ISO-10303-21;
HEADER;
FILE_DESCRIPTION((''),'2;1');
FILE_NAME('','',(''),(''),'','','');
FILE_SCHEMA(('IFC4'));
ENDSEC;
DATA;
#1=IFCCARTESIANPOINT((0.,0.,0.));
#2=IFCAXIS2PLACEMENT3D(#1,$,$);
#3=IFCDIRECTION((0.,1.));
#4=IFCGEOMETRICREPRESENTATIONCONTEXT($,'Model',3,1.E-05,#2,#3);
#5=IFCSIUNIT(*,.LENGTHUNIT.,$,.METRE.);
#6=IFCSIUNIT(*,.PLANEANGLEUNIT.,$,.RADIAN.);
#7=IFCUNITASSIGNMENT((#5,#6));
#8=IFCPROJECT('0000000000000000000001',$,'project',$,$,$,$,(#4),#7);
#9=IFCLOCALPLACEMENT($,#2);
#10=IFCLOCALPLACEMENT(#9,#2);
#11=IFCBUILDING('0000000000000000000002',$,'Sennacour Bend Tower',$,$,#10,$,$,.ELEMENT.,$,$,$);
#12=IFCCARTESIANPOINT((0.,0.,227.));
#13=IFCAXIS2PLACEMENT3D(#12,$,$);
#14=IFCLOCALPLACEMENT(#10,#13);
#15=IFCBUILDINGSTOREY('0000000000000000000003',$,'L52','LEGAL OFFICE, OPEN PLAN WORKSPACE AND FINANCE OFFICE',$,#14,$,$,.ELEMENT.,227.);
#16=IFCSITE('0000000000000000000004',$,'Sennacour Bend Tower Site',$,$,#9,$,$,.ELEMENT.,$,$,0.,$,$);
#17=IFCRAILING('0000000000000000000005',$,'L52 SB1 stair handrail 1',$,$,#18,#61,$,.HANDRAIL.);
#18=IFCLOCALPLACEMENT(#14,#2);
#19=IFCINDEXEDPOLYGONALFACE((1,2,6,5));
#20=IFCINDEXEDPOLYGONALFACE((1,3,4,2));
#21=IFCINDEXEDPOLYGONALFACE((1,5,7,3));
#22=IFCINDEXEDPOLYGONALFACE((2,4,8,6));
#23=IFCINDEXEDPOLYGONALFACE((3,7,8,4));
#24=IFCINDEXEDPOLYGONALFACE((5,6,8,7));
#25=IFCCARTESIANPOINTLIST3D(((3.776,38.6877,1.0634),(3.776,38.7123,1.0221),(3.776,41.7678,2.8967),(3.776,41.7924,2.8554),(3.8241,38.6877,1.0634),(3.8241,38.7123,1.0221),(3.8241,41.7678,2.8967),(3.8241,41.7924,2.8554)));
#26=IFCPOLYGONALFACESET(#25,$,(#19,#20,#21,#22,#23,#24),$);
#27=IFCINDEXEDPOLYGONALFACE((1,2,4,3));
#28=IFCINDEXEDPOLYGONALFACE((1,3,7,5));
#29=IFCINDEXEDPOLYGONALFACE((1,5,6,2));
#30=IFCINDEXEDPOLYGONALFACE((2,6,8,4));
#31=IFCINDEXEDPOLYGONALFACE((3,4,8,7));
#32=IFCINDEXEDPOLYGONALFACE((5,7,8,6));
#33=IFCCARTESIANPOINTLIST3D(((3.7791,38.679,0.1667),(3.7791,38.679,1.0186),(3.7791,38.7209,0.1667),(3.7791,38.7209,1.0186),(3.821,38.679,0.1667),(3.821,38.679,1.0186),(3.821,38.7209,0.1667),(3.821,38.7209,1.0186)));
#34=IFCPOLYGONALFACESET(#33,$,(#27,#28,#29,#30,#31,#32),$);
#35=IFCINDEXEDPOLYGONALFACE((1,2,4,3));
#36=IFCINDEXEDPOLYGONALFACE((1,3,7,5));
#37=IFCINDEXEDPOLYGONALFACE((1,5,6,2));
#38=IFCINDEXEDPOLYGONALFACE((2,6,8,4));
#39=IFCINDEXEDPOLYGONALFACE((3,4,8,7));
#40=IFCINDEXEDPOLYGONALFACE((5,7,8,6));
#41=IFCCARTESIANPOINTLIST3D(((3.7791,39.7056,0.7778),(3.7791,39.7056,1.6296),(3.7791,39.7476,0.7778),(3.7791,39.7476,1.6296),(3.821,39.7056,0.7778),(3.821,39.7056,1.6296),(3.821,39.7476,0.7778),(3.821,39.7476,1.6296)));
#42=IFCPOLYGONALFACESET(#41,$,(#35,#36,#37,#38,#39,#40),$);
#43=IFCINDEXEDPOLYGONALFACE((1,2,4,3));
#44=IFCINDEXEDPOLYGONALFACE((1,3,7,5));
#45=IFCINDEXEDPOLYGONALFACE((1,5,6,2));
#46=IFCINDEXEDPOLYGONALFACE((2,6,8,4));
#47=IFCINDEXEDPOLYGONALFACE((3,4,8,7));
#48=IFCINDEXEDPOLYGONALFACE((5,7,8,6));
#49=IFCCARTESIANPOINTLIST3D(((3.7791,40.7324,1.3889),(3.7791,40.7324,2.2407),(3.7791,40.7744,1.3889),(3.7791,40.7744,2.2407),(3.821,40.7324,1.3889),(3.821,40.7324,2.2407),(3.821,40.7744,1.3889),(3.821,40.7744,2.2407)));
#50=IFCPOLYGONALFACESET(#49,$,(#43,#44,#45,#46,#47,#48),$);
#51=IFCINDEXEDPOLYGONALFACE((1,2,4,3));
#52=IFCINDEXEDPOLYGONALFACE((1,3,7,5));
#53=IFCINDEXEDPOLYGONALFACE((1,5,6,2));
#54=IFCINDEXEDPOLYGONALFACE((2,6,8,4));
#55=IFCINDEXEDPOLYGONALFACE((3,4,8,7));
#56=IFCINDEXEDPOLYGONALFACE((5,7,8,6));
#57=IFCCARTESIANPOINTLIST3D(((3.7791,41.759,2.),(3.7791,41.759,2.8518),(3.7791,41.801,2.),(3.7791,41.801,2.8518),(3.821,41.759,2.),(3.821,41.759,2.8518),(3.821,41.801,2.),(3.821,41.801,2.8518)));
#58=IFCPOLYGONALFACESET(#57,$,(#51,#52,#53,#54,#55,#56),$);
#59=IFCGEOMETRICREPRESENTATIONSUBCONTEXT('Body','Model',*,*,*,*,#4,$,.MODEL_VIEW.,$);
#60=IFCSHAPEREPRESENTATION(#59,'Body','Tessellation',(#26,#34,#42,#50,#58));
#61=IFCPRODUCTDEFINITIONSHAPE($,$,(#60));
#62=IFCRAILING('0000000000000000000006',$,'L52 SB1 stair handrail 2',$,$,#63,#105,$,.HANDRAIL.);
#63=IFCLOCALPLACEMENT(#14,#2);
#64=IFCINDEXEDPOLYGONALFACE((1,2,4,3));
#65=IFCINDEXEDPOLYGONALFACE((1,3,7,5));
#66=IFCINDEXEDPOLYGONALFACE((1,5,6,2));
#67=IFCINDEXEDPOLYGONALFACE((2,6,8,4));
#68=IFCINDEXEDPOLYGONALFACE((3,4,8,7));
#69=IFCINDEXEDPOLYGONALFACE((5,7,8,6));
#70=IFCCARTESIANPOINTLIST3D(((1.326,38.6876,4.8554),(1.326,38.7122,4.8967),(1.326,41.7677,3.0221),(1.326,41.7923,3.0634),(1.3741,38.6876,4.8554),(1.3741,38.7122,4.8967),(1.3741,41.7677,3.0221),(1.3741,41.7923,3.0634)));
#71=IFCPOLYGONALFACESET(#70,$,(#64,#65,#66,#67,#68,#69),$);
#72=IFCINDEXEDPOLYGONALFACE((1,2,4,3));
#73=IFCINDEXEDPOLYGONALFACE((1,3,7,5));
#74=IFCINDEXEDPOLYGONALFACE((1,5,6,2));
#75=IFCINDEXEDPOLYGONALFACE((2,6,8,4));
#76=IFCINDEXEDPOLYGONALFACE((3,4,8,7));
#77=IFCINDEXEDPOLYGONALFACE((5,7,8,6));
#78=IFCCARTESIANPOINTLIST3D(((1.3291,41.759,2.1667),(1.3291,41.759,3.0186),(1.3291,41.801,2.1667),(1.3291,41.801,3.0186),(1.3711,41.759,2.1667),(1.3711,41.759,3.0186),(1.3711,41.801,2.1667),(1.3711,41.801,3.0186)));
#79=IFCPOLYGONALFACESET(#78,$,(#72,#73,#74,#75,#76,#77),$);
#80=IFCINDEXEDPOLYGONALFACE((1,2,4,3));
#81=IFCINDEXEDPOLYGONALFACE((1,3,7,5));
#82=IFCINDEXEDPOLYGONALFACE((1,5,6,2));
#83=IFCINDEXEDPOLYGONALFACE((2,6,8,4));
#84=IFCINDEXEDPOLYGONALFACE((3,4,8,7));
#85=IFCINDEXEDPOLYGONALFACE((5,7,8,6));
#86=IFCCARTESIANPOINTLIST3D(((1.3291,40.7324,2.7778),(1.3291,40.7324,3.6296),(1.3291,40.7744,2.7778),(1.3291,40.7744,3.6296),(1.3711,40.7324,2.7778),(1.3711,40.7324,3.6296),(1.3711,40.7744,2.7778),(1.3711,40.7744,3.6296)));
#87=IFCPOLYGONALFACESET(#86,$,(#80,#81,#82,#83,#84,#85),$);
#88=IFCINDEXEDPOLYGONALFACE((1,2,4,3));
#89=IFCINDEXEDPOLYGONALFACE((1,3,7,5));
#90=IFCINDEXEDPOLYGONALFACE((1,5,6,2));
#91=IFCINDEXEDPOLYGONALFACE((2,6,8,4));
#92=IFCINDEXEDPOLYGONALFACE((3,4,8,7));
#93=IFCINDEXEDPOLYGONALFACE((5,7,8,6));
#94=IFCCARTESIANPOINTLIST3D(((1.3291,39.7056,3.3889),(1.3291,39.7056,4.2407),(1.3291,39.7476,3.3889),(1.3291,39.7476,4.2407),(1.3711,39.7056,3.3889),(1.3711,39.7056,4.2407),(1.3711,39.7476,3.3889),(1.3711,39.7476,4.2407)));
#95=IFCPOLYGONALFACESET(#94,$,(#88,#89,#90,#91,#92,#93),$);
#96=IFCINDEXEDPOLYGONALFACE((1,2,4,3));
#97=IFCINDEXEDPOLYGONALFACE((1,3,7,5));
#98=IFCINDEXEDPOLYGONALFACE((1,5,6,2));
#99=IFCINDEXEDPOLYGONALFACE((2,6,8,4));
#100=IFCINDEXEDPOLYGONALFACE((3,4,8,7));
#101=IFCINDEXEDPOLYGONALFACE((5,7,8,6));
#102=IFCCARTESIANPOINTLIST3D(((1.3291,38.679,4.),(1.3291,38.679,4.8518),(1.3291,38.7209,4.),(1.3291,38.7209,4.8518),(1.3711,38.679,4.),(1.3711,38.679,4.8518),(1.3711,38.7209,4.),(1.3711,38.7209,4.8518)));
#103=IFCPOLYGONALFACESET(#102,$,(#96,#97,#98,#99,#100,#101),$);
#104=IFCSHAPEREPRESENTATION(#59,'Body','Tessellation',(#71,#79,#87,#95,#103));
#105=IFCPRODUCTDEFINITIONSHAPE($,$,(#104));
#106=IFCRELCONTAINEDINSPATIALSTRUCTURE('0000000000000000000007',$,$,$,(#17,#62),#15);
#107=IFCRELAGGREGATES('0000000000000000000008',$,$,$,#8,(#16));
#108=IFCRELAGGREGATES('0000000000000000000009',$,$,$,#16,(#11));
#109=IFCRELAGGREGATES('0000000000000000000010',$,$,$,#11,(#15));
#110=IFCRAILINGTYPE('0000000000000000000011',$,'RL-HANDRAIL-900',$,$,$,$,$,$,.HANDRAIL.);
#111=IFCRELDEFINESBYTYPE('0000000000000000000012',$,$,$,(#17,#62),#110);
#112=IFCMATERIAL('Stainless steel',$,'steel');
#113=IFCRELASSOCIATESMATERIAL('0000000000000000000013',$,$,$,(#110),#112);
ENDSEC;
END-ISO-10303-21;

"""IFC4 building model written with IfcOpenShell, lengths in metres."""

from ifc_helpers import new_model, si_unit, direction, frame, origin, origin_2d, place, context, subcontext, project, spatial, rectangle, extrude, material, type_object, element, save


model = new_model("IFC4")

# Units and contexts
model_context = context("Model", 3, precision=1e-05, world=origin(), true_north=direction((0.0, 1.0)))
body_context = subcontext(model_context, "Body", "Model", "MODEL_VIEW")
ifc_project = project(units=[si_unit("LENGTHUNIT", "METRE"), si_unit("PLANEANGLEUNIT", "RADIAN")], contexts=[model_context])

# Site, building, storey
site_placement = place(None, origin())
site = spatial("IfcSite", under=ifc_project, at=site_placement, Name="Sennacour Bend Tower Site", CompositionType="ELEMENT", RefElevation=0.0)
building_placement = place(site_placement, origin())
building = spatial("IfcBuilding", under=site, at=building_placement, Name="Sennacour Bend Tower", CompositionType="ELEMENT")
storey_placement = place(building_placement, frame((0.0, 0.0, 227.0)))
storey = spatial("IfcBuildingStorey", under=building, at=storey_placement, Name="L52", Description="LEGAL OFFICE, OPEN PLAN WORKSPACE AND FINANCE OFFICE", CompositionType="ELEMENT", Elevation=227.0)

# Railings
ifc_material_1 = material(Name="Stainless steel", Category="steel")
railing_type_1 = type_object("IfcRailingType", Name="RL-HANDRAIL-900", PredefinedType="HANDRAIL", material=ifc_material_1)
railing_1_placement = place(storey_placement, frame((3.8, 38.7, 0.1667)))
element("IfcRailing", 1, at=railing_1_placement, inside=storey, type_object=railing_type_1, Name="L52 SB1 stair handrail 1", PredefinedType="HANDRAIL", context=body_context, shape_type="SweptSolid", body=[
    extrude(rectangle(XDim=0.0481, YDim=0.0481, at=origin_2d()), frame((0.0, 0.0, 0.876), z_axis=(0.0, 0.859309, 0.511458), x_axis=(-1.0, 0.0, 0.0)), (0.0, 0.0, 1.0), 3.5845),
    extrude(rectangle(XDim=0.042, YDim=0.042, at=origin_2d()), origin(), (0.0, 0.0, 1.0), 0.8518),
    extrude(rectangle(XDim=0.042, YDim=0.042, at=origin_2d()), frame((0.0, 1.0266, 0.6111)), (0.0, 0.0, 1.0), 0.8518),
    extrude(rectangle(XDim=0.042, YDim=0.042, at=origin_2d()), frame((0.0, 2.0535, 1.2222)), (0.0, 0.0, 1.0), 0.8518),
    extrude(rectangle(XDim=0.042, YDim=0.042, at=origin_2d()), frame((0.0, 3.0801, 1.8333)), (0.0, 0.0, 1.0), 0.8518),
])
railing_2_placement = place(storey_placement, frame((1.3501, 41.78, 2.1667)))
element("IfcRailing", 2, at=railing_2_placement, inside=storey, type_object=railing_type_1, Name="L52 SB1 stair handrail 2", PredefinedType="HANDRAIL", context=body_context, shape_type="SweptSolid", body=[
    extrude(rectangle(XDim=0.0481, YDim=0.0481, at=origin_2d()), frame((0.0, 0.0, 0.876), z_axis=(0.0, -0.859309, 0.511458), x_axis=(1.0, 0.0, 0.0)), (0.0, 0.0, 1.0), 3.5845),
    extrude(rectangle(XDim=0.042, YDim=0.042, at=origin_2d()), origin(), (0.0, 0.0, 1.0), 0.8518),
    extrude(rectangle(XDim=0.042, YDim=0.042, at=origin_2d()), frame((0.0, -1.0266, 0.6111)), (0.0, 0.0, 1.0), 0.8518),
    extrude(rectangle(XDim=0.042, YDim=0.042, at=origin_2d()), frame((0.0, -2.0535, 1.2222)), (0.0, 0.0, 1.0), 0.8518),
    extrude(rectangle(XDim=0.042, YDim=0.042, at=origin_2d()), frame((0.0, -3.0801, 1.8333)), (0.0, 0.0, 1.0), 0.8518),
])

save(model, "model.ifc")
